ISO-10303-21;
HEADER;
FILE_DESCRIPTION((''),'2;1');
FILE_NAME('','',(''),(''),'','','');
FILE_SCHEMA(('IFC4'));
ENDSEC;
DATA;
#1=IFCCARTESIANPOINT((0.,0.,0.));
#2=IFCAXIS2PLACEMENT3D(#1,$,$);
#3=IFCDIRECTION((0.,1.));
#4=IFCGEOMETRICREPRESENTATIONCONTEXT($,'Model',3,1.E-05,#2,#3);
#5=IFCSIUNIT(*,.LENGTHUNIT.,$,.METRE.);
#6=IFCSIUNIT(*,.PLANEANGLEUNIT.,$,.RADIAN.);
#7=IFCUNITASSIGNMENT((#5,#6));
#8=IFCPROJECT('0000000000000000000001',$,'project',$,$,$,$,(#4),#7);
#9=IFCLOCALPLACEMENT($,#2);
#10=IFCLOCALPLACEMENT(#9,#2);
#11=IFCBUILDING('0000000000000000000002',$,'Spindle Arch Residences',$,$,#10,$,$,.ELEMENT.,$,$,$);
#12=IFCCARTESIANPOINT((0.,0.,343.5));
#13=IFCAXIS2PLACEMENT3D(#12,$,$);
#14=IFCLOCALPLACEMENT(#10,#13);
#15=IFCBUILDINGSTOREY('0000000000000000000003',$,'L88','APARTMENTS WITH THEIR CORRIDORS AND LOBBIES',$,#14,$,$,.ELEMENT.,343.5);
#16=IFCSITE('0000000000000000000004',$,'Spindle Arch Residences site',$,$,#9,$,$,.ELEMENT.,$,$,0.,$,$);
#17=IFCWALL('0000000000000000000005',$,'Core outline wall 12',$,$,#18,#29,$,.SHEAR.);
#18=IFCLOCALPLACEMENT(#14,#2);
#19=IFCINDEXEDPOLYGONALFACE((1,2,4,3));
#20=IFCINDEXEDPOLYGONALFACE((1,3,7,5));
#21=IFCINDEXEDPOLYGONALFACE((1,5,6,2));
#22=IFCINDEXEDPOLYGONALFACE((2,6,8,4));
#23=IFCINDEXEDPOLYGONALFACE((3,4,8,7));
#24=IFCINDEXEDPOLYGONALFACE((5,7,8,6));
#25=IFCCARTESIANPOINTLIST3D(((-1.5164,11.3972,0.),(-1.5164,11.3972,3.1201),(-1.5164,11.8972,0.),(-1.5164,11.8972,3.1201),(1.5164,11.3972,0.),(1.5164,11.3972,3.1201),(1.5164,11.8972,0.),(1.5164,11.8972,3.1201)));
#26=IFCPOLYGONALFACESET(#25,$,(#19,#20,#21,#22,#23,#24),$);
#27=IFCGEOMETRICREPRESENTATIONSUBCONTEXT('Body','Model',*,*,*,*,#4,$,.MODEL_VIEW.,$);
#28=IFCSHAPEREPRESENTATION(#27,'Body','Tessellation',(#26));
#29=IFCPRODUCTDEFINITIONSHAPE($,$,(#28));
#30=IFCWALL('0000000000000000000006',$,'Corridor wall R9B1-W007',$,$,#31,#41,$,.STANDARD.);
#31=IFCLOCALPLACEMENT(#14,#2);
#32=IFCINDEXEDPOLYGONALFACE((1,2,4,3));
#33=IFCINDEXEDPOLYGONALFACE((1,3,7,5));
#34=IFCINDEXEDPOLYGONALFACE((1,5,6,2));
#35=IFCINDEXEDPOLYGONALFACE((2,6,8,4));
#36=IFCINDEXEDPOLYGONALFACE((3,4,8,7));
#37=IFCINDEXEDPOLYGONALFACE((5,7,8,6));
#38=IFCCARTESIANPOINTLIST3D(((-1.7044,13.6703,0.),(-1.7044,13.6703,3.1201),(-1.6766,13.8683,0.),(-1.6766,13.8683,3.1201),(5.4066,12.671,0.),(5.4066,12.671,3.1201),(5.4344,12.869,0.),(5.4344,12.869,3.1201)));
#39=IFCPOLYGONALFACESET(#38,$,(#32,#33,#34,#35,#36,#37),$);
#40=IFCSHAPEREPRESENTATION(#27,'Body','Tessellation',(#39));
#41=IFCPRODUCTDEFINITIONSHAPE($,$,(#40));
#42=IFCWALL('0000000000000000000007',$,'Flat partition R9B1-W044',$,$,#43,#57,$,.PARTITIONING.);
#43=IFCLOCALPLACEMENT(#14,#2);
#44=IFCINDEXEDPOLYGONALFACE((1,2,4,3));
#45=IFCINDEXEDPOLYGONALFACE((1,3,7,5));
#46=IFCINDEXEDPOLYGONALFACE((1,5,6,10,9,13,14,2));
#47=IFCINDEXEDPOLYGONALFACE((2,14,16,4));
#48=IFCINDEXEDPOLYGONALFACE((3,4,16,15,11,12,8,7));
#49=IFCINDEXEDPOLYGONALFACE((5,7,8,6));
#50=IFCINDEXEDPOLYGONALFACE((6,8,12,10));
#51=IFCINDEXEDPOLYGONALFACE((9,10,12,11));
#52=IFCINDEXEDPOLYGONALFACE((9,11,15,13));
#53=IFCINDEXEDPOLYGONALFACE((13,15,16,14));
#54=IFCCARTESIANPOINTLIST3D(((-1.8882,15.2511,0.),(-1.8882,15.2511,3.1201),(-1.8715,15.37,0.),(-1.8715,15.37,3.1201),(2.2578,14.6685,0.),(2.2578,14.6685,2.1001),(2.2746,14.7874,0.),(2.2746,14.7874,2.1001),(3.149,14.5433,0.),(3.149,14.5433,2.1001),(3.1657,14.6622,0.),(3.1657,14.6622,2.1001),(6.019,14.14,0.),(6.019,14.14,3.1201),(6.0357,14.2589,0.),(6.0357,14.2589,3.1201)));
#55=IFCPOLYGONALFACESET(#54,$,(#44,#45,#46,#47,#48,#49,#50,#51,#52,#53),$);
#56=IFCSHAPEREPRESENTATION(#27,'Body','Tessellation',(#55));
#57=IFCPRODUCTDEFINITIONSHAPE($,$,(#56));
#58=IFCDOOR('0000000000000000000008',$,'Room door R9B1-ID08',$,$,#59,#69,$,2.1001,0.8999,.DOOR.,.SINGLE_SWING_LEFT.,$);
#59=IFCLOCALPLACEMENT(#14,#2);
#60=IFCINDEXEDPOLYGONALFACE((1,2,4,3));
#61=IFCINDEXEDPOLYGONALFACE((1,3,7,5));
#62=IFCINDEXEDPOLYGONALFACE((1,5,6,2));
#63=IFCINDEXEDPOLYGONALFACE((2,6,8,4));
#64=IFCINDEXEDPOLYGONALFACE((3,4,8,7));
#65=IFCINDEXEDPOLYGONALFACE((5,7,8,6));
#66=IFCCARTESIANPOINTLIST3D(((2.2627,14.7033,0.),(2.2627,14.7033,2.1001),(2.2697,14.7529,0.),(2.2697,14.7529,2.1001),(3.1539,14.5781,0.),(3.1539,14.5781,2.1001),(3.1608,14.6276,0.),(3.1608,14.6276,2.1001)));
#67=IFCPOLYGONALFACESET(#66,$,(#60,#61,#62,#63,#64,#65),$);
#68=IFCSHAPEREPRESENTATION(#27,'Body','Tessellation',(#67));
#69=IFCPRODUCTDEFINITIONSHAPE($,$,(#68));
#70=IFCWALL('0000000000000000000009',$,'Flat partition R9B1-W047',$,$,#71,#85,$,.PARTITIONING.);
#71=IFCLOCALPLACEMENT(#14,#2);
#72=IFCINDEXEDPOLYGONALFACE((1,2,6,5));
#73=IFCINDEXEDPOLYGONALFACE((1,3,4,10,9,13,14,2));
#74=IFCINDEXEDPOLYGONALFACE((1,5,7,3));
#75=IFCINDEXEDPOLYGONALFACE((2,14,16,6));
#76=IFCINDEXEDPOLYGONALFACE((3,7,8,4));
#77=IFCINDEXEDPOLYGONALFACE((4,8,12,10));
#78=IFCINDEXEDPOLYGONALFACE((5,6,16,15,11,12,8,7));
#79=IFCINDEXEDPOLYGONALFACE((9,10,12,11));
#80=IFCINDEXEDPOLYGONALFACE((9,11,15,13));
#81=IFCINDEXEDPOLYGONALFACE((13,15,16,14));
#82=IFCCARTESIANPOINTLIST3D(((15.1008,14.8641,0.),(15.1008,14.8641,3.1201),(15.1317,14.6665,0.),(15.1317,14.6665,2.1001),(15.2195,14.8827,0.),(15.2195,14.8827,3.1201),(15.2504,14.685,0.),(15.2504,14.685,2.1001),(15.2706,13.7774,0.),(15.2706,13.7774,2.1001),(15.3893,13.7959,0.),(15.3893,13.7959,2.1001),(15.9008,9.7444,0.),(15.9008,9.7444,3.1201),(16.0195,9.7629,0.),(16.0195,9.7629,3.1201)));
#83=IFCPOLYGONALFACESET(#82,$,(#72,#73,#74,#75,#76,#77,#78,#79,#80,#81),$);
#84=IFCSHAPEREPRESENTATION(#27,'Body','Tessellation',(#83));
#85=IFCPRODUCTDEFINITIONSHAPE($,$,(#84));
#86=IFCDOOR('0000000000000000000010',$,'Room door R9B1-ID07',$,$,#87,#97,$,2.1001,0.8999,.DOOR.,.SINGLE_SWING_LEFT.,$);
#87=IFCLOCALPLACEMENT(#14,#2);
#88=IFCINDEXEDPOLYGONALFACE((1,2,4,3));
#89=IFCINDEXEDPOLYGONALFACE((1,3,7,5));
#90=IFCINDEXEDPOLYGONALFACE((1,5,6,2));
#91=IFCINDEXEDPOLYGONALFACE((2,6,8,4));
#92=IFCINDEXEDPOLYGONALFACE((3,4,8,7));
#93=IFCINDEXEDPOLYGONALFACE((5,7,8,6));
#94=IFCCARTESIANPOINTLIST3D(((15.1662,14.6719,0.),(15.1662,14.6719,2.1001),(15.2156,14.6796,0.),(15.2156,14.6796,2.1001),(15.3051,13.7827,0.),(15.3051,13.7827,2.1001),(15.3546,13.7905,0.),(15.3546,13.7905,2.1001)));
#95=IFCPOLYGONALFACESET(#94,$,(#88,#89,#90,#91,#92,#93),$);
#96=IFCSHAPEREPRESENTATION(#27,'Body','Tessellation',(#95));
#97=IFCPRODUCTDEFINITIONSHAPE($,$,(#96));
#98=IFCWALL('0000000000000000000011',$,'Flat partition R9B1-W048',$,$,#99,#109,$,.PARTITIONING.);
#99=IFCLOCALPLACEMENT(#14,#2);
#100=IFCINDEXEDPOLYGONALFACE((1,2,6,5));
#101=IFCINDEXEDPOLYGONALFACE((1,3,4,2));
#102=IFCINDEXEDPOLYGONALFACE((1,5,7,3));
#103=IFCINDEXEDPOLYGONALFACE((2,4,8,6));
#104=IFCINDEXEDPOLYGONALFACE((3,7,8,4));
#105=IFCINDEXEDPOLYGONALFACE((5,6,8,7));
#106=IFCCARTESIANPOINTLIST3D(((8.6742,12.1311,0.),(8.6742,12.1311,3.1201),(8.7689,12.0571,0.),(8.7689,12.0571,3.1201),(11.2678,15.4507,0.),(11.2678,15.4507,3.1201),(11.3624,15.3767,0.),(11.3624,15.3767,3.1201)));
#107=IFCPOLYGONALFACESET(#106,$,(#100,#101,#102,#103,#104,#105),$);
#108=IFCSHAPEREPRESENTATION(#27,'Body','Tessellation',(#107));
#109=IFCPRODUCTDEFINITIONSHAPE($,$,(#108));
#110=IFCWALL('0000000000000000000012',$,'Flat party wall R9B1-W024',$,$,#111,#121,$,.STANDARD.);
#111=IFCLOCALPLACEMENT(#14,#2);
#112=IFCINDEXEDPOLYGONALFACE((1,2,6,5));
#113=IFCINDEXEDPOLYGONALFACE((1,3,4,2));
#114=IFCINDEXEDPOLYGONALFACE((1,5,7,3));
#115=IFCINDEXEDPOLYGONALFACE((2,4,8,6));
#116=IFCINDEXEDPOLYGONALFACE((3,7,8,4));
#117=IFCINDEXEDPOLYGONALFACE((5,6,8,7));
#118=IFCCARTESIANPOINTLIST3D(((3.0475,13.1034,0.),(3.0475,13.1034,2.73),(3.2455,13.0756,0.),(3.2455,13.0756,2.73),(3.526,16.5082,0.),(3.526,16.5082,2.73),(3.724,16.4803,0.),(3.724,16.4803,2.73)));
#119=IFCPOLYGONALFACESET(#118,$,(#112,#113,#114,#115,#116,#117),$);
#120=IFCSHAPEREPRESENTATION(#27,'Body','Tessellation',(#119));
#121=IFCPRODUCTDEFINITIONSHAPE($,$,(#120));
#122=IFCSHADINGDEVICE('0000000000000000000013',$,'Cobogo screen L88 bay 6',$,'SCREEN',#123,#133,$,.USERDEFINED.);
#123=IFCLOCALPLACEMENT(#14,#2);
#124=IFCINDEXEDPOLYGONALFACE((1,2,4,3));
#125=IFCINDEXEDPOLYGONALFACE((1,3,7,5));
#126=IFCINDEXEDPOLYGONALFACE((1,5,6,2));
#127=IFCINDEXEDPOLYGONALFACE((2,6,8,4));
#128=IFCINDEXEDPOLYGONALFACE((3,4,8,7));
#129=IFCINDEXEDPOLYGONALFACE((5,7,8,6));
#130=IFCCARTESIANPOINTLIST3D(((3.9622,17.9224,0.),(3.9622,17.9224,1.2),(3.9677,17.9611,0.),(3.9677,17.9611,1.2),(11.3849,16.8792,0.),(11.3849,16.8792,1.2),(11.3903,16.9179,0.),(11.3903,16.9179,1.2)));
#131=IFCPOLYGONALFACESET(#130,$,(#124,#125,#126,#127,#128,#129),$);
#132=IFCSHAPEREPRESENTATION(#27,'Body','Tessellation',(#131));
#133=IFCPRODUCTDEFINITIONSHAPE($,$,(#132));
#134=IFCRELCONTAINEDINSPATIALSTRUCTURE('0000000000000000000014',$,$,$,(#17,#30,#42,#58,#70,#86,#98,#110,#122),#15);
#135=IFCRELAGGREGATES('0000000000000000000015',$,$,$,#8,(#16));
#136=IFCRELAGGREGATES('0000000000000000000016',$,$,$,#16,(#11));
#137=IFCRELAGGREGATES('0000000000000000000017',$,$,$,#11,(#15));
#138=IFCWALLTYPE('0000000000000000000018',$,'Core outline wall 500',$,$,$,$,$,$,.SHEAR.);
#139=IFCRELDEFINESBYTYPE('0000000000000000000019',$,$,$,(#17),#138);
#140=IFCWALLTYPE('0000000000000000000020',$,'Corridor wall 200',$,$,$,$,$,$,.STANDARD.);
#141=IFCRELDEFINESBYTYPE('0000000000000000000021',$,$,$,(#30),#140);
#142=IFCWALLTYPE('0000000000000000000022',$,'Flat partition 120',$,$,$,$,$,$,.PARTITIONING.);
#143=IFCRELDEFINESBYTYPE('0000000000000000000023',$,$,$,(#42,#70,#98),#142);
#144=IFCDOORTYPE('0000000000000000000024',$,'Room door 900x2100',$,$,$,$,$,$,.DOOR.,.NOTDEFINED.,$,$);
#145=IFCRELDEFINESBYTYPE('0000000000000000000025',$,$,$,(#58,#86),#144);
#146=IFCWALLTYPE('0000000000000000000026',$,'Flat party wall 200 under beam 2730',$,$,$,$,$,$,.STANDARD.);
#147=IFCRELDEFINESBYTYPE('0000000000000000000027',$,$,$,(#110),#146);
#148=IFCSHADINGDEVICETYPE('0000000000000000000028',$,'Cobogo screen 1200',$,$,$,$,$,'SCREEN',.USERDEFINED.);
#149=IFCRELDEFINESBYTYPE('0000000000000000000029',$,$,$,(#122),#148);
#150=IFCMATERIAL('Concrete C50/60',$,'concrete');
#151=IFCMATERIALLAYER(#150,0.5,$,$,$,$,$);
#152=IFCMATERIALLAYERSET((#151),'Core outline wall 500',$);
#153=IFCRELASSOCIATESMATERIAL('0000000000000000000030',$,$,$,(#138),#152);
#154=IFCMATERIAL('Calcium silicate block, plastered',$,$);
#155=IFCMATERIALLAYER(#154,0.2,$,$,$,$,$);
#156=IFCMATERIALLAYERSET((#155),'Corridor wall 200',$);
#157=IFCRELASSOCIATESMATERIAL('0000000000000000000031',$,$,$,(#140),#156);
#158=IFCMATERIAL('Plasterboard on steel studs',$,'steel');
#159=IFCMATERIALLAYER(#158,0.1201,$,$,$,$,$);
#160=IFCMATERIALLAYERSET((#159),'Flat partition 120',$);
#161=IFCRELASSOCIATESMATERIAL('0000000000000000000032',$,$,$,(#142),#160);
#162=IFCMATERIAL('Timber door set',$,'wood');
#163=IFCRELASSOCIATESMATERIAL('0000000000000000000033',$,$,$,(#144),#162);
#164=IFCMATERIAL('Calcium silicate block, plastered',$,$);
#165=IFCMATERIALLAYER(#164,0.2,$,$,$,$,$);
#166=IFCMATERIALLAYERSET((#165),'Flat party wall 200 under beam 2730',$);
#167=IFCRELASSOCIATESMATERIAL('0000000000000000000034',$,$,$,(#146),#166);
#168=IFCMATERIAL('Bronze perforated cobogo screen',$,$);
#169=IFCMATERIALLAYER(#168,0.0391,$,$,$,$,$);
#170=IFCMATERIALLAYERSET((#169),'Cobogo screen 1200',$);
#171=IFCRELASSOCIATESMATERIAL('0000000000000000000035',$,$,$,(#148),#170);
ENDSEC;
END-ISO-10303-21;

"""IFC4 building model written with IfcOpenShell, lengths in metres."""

from ifc_helpers import new_model, si_unit, direction, frame, frame_2d, origin, origin_2d, place, context, subcontext, project, spatial, rectangle, extrude, material, layer, layer_set, type_object, element, fill, save


model = new_model("IFC4")

# Units and contexts
model_context = context("Model", 3, precision=1e-05, world=origin(), true_north=direction((0.0, 1.0)))
body_context = subcontext(model_context, "Body", "Model", "MODEL_VIEW")
ifc_project = project(units=[si_unit("LENGTHUNIT", "METRE"), si_unit("PLANEANGLEUNIT", "RADIAN")], contexts=[model_context])

# Site, building, storey
site_placement = place(None, origin())
site = spatial("IfcSite", under=ifc_project, at=site_placement, Name="Spindle Arch Residences site", CompositionType="ELEMENT", RefElevation=0.0)
building_placement = place(site_placement, origin())
building = spatial("IfcBuilding", under=site, at=building_placement, Name="Spindle Arch Residences", CompositionType="ELEMENT")
storey_placement = place(building_placement, frame((0.0, 0.0, 343.5)))
storey = spatial("IfcBuildingStorey", under=building, at=storey_placement, Name="L88", Description="APARTMENTS WITH THEIR CORRIDORS AND LOBBIES", CompositionType="ELEMENT", Elevation=343.5)

# Walls
ifc_material_1 = material(Name="Concrete C50/60", Category="concrete")
ifc_layer_1 = layer(ifc_material_1, 0.5)
ifc_layer_set_1 = layer_set([ifc_layer_1], Name="Core outline wall 500")
wall_type_1 = type_object("IfcWallType", Name="Core outline wall 500", PredefinedType="SHEAR", material=ifc_layer_set_1)
wall_1_placement = place(storey_placement, frame((1.5164, 11.6472, 0.0), z_axis=(0.0, 0.0, 1.0), x_axis=(-1.0, 0.0, 0.0)))
element("IfcWall", 1, at=wall_1_placement, inside=storey, type_object=wall_type_1, Name="Core outline wall 12", PredefinedType="SHEAR", context=body_context, shape_type="SweptSolid", body=[
    extrude(rectangle(XDim=3.0327, YDim=0.5, at=frame_2d((1.5164, 0.0))), origin(), (0.0, 0.0, 1.0), 3.1201),
])
ifc_material_2 = material(Name="Calcium silicate block, plastered")
ifc_layer_2 = layer(ifc_material_2, 0.2)
ifc_layer_set_2 = layer_set([ifc_layer_2], Name="Corridor wall 200")
wall_type_2 = type_object("IfcWallType", Name="Corridor wall 200", PredefinedType="STANDARD", material=ifc_layer_set_2)
wall_2_placement = place(storey_placement, frame((5.4204, 12.77, 0.0), z_axis=(0.0, 0.0, 1.0), x_axis=(-0.990271, 0.139155, 0.0)))
element("IfcWall", 2, at=wall_2_placement, inside=storey, type_object=wall_type_2, Name="Corridor wall R9B1-W007", PredefinedType="STANDARD", context=body_context, shape_type="SweptSolid", body=[
    extrude(rectangle(XDim=7.1809, YDim=0.2, at=frame_2d((3.5903, 0.0))), origin(), (0.0, 0.0, 1.0), 3.1201),
])

# Walls, openings, doors
ifc_material_3 = material(Name="Plasterboard on steel studs", Category="steel")
ifc_layer_3 = layer(ifc_material_3, 0.1201)
ifc_layer_set_3 = layer_set([ifc_layer_3], Name="Flat partition 120")
wall_type_3 = type_object("IfcWallType", Name="Flat partition 120", PredefinedType="PARTITIONING", material=ifc_layer_set_3)
wall_3_placement = place(storey_placement, frame((6.0273, 14.1995, 0.0), z_axis=(0.0, 0.0, 1.0), x_axis=(-0.990272, 0.139148, 0.0)))
wall_3 = element("IfcWall", 3, at=wall_3_placement, inside=storey, type_object=wall_type_3, Name="Flat partition R9B1-W044", PredefinedType="PARTITIONING", context=body_context, shape_type="SweptSolid", body=[
    extrude(rectangle(XDim=7.9849, YDim=0.1201, at=frame_2d((3.9924, 0.0))), origin(), (0.0, 0.0, 1.0), 3.1201),
])
opening_1_placement = place(wall_3_placement, frame((2.8982, 0.0, 0.0)))
opening_1 = element("IfcOpeningElement", 4, at=opening_1_placement, cuts=wall_3, PredefinedType="OPENING", context=body_context, shape_type="SweptSolid", body=[
    extrude(rectangle(XDim=0.8999, YDim=2.1001, at=frame_2d((0.45, 1.05))), frame((0.0, 0.0701, 0.0), z_axis=(0.0, -1.0, 0.0), x_axis=(1.0, 0.0, 0.0)), (0.0, 0.0, 1.0), 0.1401),
])
ifc_material_4 = material(Name="Timber door set", Category="wood")
door_type_1 = type_object("IfcDoorType", Name="Room door 900x2100", OperationType="NOTDEFINED", PredefinedType="DOOR", material=ifc_material_4)
door_1_placement = place(opening_1_placement, origin())
door_1 = element("IfcDoor", 5, at=door_1_placement, inside=storey, type_object=door_type_1, Name="Room door R9B1-ID08", OperationType="SINGLE_SWING_LEFT", OverallHeight=2.1001, OverallWidth=0.8999, PredefinedType="DOOR", context=body_context, shape_type="SweptSolid", body=[
    extrude(rectangle(XDim=0.8999, YDim=2.1001, at=frame_2d((0.45, 1.05))), frame((0.0, 0.0249, 0.0), z_axis=(0.0, -1.0, 0.0), x_axis=(1.0, 0.0, 0.0)), (0.0, 0.0, 1.0), 0.05),
])
fill(opening_1, door_1)
wall_4_placement = place(storey_placement, frame((15.1602, 14.8733, 0.0), z_axis=(0.0, 0.0, 1.0), x_axis=(0.15439, -0.98801, 0.0)))
wall_4 = element("IfcWall", 6, at=wall_4_placement, inside=storey, type_object=wall_type_3, Name="Flat partition R9B1-W047", PredefinedType="PARTITIONING", context=body_context, shape_type="SweptSolid", body=[
    extrude(rectangle(XDim=5.1819, YDim=0.1201, at=frame_2d((2.5908, 0.0))), origin(), (0.0, 0.0, 1.0), 3.1201),
])
opening_2_placement = place(wall_4_placement, frame((0.2, 0.0, 0.0)))
opening_2 = element("IfcOpeningElement", 7, at=opening_2_placement, cuts=wall_4, PredefinedType="OPENING", context=body_context, shape_type="SweptSolid", body=[
    extrude(rectangle(XDim=0.8999, YDim=2.1001, at=frame_2d((0.45, 1.05))), frame((0.0, 0.0701, 0.0), z_axis=(0.0, -1.0, 0.0), x_axis=(1.0, 0.0, 0.0)), (0.0, 0.0, 1.0), 0.1401),
])
door_2_placement = place(opening_2_placement, origin())
door_2 = element("IfcDoor", 8, at=door_2_placement, inside=storey, type_object=door_type_1, Name="Room door R9B1-ID07", OperationType="SINGLE_SWING_LEFT", OverallHeight=2.1001, OverallWidth=0.8999, PredefinedType="DOOR", context=body_context, shape_type="SweptSolid", body=[
    extrude(rectangle(XDim=0.8999, YDim=2.1001, at=frame_2d((0.45, 1.05))), frame((0.0, 0.0249, 0.0), z_axis=(0.0, -1.0, 0.0), x_axis=(1.0, 0.0, 0.0)), (0.0, 0.0, 1.0), 0.05),
])
fill(opening_2, door_2)

# Walls
wall_5_placement = place(storey_placement, frame((11.3152, 15.4138, 0.0), z_axis=(0.0, 0.0, 1.0), x_axis=(-0.615656, -0.788015, 0.0)))
element("IfcWall", 9, at=wall_5_placement, inside=storey, type_object=wall_type_3, Name="Flat partition R9B1-W048", PredefinedType="PARTITIONING", context=body_context, shape_type="SweptSolid", body=[
    extrude(rectangle(XDim=4.2126, YDim=0.1201, at=frame_2d((2.1064, 0.0))), origin(), (0.0, 0.0, 1.0), 3.1201),
])
ifc_material_5 = material(Name="Calcium silicate block, plastered")
ifc_layer_4 = layer(ifc_material_5, 0.2)
ifc_layer_set_4 = layer_set([ifc_layer_4], Name="Flat party wall 200 under beam 2730")
wall_type_4 = type_object("IfcWallType", Name="Flat party wall 200 under beam 2730", PredefinedType="STANDARD", material=ifc_layer_set_4)
wall_6_placement = place(storey_placement, frame((3.625, 16.4944, 0.0), z_axis=(0.0, 0.0, 1.0), x_axis=(-0.139174, -0.990268, 0.0)))
element("IfcWall", 10, at=wall_6_placement, inside=storey, type_object=wall_type_4, Name="Flat party wall R9B1-W024", PredefinedType="STANDARD", context=body_context, shape_type="SweptSolid", body=[
    extrude(rectangle(XDim=3.4382, YDim=0.2, at=frame_2d((1.7192, 0.0))), origin(), (0.0, 0.0, 1.0), 2.73),
])

# Shading device
ifc_material_6 = material(Name="Bronze perforated cobogo screen")
ifc_layer_5 = layer(ifc_material_6, 0.0391)
ifc_layer_set_5 = layer_set([ifc_layer_5], Name="Cobogo screen 1200")
shading_device_type = type_object("IfcShadingDeviceType", Name="Cobogo screen 1200", ElementType="SCREEN", PredefinedType="USERDEFINED", material=ifc_layer_set_5)
shading_device_placement = place(storey_placement, frame((7.6763, 17.4202, 0.0), z_axis=(0.0, 0.0, 1.0), x_axis=(-0.990268, 0.139173, 0.0)))
element("IfcShadingDevice", 11, at=shading_device_placement, inside=storey, type_object=shading_device_type, Name="Cobogo screen L88 bay 6", ObjectType="SCREEN", PredefinedType="USERDEFINED", context=body_context, shape_type="SweptSolid", body=[
    extrude(rectangle(XDim=7.4956, YDim=0.0391, at=origin_2d()), origin(), (0.0, 0.0, 1.0), 1.2),
])

save(model, "model.ifc")
